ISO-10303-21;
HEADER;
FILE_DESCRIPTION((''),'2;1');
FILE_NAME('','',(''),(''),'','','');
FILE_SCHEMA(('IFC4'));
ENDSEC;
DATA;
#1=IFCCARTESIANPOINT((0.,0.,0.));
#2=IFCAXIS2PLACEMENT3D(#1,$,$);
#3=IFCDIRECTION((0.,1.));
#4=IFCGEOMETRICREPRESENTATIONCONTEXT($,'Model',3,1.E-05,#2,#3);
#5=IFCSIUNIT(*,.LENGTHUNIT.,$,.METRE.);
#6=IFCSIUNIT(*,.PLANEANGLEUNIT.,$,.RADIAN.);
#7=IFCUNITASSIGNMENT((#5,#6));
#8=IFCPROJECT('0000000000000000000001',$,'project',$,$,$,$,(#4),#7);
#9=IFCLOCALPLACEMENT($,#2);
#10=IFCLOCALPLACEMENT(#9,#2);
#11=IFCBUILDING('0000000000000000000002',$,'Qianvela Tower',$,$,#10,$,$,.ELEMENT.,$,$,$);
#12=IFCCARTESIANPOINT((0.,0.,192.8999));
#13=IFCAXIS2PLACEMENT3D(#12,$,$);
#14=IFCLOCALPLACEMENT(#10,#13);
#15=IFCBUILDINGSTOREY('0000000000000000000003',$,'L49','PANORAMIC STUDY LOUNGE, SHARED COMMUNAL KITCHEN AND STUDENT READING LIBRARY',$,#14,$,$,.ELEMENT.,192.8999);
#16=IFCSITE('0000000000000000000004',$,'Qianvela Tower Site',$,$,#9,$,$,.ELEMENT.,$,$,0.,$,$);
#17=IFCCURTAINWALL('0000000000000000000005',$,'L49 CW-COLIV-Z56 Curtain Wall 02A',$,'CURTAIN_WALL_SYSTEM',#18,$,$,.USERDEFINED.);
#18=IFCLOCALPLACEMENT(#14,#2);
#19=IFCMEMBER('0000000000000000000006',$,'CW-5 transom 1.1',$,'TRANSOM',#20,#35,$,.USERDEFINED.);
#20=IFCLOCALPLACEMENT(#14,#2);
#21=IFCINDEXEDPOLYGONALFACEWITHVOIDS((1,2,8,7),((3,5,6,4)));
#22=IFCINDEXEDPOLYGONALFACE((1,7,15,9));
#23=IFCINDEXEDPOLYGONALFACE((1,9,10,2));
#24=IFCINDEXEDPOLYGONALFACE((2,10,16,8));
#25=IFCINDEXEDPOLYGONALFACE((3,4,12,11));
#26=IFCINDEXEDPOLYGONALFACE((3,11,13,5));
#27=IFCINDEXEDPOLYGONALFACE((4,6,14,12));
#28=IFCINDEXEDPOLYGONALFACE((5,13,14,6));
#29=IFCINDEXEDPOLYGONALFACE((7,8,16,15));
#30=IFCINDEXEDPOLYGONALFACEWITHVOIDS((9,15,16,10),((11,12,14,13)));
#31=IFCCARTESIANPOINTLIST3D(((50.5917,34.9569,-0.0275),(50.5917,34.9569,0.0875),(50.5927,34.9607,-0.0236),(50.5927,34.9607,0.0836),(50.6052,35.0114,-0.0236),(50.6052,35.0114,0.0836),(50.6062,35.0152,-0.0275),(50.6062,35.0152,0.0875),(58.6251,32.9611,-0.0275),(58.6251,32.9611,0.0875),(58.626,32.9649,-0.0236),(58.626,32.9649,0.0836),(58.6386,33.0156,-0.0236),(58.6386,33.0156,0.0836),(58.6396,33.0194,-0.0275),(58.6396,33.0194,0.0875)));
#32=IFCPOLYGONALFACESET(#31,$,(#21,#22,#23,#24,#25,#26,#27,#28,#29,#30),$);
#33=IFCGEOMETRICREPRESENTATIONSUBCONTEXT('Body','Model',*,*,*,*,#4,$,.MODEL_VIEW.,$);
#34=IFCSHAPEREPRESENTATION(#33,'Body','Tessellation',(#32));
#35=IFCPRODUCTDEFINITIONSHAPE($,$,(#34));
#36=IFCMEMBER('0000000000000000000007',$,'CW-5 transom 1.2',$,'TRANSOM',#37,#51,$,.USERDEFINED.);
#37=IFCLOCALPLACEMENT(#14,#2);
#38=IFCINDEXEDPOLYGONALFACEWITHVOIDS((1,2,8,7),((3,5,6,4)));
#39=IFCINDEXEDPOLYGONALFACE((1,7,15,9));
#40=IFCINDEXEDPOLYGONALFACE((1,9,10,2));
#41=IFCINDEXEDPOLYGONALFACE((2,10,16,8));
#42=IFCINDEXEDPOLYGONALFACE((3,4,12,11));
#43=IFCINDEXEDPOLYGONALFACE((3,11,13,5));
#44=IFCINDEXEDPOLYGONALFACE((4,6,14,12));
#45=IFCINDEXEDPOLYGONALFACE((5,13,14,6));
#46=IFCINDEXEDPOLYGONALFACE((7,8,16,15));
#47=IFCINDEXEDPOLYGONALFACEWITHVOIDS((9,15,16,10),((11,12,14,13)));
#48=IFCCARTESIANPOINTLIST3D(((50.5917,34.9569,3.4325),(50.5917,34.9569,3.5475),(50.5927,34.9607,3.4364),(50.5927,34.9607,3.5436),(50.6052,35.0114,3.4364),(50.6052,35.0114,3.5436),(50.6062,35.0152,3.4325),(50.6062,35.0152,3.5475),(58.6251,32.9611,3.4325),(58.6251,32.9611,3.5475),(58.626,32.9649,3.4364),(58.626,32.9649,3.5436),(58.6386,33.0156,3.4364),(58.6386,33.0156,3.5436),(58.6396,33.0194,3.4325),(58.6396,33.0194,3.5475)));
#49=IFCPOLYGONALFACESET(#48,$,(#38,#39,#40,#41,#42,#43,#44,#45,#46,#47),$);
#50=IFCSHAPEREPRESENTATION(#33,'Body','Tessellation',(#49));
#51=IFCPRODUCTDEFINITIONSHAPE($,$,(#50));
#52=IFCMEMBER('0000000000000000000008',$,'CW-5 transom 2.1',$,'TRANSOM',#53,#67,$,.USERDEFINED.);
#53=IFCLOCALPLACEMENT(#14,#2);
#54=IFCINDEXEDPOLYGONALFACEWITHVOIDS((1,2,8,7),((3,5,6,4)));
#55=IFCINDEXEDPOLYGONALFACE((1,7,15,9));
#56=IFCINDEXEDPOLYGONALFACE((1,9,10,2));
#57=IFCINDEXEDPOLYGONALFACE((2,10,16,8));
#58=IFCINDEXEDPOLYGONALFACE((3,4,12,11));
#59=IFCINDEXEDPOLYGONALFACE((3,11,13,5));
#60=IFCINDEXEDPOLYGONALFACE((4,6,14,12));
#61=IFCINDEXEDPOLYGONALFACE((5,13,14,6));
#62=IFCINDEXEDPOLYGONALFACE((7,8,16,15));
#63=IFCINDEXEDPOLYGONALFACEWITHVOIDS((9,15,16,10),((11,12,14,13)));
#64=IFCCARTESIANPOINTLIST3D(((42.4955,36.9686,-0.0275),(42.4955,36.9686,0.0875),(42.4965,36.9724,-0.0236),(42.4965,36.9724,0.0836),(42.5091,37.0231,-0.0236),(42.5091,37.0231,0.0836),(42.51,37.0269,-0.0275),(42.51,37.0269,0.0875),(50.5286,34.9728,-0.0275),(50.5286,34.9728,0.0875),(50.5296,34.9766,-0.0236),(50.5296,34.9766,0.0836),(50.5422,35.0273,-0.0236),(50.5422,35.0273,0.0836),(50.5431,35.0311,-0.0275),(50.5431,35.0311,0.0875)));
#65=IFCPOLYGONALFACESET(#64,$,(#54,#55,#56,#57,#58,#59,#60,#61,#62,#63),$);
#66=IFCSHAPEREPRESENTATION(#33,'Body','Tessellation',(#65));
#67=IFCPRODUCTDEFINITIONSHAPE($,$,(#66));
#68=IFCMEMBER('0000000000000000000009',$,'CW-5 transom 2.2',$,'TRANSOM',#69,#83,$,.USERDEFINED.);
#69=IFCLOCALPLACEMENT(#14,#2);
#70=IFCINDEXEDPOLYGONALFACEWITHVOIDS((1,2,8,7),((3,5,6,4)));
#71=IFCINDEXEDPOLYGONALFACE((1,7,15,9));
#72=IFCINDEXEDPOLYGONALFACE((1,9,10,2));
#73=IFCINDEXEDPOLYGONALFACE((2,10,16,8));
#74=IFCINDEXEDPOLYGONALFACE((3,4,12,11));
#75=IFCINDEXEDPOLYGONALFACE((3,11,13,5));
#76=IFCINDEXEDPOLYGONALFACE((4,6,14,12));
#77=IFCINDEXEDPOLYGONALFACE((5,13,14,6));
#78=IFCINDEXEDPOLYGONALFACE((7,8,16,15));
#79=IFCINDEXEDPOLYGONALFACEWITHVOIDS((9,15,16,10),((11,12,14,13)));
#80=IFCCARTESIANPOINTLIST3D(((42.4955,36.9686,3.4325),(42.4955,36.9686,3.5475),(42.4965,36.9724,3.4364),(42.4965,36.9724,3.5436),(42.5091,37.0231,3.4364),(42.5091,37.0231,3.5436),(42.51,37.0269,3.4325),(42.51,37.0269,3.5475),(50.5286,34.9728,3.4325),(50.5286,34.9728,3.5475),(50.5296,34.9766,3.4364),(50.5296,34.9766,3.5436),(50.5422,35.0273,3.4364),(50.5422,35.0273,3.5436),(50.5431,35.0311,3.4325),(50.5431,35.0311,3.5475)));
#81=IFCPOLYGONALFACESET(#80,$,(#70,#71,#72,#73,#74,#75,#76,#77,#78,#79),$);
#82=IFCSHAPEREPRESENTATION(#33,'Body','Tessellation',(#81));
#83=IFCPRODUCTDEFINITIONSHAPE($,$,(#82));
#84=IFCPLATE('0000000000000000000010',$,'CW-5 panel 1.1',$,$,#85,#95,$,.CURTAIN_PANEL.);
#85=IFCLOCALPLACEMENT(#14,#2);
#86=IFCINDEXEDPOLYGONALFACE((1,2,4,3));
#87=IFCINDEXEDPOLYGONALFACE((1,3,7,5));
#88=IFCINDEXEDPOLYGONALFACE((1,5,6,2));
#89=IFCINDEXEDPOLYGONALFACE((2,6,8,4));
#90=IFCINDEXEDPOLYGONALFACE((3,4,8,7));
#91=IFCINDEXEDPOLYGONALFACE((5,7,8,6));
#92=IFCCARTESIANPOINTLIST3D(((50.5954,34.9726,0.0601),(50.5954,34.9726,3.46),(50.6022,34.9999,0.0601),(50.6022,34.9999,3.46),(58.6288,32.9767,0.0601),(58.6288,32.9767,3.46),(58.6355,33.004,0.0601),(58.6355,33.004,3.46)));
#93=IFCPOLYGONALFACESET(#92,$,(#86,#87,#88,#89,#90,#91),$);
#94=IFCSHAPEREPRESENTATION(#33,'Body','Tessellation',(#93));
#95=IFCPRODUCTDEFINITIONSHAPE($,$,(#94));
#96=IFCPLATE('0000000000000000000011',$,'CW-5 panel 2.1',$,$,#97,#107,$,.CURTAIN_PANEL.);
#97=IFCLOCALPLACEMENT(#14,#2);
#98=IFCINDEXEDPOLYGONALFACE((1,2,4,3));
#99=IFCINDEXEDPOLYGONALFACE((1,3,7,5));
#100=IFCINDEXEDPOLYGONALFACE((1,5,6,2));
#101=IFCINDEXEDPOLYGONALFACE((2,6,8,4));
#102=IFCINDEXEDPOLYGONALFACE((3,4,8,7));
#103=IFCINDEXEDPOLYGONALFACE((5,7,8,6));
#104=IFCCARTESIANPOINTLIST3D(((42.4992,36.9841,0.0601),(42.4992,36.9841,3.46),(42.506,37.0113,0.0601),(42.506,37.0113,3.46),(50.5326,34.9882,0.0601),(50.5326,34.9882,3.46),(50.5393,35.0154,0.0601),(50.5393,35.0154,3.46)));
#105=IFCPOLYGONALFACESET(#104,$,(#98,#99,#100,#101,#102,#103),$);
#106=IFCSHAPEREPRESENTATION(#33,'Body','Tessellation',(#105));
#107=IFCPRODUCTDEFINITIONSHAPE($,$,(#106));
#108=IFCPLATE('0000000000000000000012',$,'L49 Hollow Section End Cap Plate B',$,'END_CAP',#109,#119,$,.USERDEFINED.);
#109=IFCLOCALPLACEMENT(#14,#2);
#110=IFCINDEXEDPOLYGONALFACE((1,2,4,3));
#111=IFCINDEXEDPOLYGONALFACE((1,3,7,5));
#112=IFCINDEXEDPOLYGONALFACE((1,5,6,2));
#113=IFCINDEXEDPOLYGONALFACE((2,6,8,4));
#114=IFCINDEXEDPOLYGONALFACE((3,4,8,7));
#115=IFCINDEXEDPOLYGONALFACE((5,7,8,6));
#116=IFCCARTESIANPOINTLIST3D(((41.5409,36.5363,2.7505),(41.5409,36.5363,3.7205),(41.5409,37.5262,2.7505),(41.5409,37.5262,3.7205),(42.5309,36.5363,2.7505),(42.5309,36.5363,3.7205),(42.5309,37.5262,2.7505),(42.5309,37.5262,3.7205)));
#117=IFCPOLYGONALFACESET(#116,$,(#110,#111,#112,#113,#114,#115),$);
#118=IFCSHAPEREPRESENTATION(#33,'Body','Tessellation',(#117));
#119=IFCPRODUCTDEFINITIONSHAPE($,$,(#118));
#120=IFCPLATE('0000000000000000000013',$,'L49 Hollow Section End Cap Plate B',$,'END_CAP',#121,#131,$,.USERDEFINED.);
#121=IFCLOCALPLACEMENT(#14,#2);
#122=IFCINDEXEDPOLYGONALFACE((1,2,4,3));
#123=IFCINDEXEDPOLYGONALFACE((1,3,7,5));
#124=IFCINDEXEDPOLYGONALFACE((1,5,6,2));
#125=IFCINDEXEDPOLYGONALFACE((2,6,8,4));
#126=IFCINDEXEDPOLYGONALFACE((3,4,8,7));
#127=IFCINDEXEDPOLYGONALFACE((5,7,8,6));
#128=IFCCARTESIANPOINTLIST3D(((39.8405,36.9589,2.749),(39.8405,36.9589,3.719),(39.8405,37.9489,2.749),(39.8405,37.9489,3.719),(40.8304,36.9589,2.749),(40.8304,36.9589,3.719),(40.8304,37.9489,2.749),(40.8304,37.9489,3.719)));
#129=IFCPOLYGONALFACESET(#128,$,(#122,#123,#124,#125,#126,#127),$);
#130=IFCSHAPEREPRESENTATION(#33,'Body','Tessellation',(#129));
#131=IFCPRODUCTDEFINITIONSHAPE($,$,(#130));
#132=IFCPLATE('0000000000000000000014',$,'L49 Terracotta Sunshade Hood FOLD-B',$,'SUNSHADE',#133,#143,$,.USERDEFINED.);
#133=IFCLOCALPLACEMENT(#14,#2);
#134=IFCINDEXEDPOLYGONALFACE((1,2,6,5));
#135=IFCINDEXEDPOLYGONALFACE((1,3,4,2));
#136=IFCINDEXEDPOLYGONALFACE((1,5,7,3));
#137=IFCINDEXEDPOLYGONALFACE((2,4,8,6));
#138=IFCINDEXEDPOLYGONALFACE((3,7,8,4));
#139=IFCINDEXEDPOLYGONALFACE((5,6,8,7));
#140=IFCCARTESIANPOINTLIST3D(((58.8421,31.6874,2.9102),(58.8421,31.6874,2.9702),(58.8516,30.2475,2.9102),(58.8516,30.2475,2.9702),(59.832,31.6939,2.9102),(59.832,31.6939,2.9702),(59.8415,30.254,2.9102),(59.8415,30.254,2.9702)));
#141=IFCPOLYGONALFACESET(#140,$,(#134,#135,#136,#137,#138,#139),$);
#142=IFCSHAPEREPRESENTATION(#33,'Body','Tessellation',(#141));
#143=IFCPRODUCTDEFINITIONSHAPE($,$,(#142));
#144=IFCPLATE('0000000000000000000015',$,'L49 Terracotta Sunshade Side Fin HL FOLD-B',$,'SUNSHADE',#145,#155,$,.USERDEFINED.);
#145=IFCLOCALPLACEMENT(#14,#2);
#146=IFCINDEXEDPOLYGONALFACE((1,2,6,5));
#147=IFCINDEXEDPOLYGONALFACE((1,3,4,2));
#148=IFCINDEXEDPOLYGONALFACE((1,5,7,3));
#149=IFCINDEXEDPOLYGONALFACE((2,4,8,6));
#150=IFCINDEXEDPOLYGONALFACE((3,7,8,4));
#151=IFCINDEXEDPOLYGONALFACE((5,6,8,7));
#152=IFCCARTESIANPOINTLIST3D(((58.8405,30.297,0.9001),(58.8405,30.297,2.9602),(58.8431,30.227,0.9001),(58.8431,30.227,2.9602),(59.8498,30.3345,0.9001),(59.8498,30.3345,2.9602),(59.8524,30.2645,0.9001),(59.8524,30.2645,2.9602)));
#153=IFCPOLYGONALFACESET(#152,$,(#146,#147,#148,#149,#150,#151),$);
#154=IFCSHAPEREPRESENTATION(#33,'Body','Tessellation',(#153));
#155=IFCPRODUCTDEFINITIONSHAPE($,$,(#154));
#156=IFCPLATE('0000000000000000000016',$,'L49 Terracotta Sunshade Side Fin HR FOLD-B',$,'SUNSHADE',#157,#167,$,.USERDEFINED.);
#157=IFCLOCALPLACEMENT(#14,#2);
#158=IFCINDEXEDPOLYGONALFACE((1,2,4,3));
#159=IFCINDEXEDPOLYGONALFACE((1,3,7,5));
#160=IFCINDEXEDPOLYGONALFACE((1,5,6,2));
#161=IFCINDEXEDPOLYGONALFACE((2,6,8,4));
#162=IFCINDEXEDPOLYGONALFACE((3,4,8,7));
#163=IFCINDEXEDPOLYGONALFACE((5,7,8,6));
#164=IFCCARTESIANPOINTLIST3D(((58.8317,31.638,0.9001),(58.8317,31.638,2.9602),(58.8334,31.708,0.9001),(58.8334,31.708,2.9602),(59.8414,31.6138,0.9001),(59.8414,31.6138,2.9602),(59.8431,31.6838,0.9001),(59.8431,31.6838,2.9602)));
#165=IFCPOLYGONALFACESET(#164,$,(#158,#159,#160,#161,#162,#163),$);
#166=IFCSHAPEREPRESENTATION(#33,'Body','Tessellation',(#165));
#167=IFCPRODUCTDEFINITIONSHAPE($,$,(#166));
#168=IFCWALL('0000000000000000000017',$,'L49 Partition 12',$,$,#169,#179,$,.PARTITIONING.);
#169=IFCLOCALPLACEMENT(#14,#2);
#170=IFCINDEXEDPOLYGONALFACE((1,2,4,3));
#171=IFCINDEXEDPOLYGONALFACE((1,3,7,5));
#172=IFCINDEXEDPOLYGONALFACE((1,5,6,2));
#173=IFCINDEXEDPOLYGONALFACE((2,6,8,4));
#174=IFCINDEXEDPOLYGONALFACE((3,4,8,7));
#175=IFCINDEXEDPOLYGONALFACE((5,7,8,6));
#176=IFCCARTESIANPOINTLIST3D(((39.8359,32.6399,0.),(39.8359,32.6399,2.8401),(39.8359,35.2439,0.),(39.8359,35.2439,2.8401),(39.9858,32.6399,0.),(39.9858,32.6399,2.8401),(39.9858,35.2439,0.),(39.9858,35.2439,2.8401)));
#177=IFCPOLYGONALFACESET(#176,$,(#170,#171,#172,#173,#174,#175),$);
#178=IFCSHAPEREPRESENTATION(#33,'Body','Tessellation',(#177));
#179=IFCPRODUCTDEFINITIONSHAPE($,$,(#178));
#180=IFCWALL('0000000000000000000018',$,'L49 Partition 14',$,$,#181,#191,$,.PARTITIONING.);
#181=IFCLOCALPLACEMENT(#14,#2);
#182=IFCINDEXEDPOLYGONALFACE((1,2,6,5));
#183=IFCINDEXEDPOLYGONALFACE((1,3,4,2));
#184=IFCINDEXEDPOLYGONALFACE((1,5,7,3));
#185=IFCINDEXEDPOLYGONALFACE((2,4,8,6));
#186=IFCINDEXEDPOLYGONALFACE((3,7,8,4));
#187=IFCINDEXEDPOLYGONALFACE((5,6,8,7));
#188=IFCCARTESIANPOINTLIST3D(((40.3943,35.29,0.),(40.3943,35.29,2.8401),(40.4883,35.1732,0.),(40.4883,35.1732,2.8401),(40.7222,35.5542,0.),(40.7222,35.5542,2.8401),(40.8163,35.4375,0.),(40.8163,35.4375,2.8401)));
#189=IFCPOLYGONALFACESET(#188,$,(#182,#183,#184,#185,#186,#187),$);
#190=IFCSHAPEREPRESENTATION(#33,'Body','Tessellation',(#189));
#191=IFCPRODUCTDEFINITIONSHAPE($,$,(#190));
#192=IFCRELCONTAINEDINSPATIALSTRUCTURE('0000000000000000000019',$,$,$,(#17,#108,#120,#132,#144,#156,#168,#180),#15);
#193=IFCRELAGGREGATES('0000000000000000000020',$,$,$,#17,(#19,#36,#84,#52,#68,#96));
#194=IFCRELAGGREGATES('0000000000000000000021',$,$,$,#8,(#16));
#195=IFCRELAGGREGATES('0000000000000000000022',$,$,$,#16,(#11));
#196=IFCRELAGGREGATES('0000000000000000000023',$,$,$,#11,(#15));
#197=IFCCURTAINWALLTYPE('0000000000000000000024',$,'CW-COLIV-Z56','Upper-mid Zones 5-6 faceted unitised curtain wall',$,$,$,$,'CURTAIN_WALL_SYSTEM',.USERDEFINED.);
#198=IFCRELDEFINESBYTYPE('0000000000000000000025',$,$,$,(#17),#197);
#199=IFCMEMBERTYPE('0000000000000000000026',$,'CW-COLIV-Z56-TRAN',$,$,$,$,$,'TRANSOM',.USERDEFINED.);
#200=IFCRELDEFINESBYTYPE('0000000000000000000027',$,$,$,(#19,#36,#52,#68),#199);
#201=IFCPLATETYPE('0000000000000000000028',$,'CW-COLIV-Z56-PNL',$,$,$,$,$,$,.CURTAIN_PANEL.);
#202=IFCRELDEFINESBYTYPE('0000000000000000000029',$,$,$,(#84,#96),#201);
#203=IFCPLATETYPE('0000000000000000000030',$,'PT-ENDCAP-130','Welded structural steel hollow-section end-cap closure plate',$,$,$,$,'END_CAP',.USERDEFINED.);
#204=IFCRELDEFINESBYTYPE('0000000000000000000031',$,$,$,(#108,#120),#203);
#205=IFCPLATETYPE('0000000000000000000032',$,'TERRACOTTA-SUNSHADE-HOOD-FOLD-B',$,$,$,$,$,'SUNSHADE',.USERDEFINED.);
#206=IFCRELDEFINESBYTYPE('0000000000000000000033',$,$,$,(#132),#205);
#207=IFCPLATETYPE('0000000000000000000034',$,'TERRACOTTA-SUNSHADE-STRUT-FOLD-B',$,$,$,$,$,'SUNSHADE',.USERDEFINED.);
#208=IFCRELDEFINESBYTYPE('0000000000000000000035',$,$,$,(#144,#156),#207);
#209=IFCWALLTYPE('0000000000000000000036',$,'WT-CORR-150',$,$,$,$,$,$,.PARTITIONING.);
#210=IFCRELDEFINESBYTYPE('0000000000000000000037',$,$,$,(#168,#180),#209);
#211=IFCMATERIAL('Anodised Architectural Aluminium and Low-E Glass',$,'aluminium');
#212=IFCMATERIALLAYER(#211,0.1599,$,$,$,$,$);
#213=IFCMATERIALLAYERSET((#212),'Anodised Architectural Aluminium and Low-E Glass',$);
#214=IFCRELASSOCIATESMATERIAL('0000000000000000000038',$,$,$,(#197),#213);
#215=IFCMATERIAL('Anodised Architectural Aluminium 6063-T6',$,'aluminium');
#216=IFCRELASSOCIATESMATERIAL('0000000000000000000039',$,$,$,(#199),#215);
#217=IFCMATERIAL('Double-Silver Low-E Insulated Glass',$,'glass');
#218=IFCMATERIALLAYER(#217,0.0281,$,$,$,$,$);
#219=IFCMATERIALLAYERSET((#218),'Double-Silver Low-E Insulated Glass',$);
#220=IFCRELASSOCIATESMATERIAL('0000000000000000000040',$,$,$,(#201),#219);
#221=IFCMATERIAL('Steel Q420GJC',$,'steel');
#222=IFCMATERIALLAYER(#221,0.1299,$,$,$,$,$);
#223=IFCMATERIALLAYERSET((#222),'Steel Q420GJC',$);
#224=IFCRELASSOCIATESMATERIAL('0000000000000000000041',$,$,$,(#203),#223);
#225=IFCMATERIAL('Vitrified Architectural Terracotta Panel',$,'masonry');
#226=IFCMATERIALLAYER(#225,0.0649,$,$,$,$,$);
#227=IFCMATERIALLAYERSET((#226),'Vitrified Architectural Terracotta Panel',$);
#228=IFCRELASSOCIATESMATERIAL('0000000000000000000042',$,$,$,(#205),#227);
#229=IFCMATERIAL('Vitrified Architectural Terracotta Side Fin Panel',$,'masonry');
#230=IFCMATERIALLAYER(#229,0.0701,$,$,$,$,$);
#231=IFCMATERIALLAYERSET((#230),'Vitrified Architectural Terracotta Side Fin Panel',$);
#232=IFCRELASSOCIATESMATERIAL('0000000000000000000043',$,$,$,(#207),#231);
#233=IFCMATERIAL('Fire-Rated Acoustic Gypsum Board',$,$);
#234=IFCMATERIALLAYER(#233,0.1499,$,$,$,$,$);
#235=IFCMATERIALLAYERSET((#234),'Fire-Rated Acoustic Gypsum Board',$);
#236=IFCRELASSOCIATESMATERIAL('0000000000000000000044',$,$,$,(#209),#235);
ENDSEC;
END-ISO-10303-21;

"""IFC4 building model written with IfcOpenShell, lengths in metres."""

from ifc_helpers import new_model, si_unit, direction, frame, frame_2d, origin, origin_2d, place, context, subcontext, project, spatial, rectangle, hollow_rectangle, extrude, material, layer, layer_set, material_profile, profile_set, type_object, element, aggregate, save


model = new_model("IFC4")

# Units and contexts
model_context = context("Model", 3, precision=1e-05, world=origin(), true_north=direction((0.0, 1.0)))
body_context = subcontext(model_context, "Body", "Model", "MODEL_VIEW")
ifc_project = project(units=[si_unit("LENGTHUNIT", "METRE"), si_unit("PLANEANGLEUNIT", "RADIAN")], contexts=[model_context])

# Site, building, storey
site_placement = place(None, origin())
site = spatial("IfcSite", under=ifc_project, at=site_placement, Name="Qianvela Tower Site", CompositionType="ELEMENT", RefElevation=0.0)
building_placement = place(site_placement, origin())
building = spatial("IfcBuilding", under=site, at=building_placement, Name="Qianvela Tower", CompositionType="ELEMENT")
storey_placement = place(building_placement, frame((0.0, 0.0, 192.8999)))
storey = spatial("IfcBuildingStorey", under=building, at=storey_placement, Name="L49", Description="PANORAMIC STUDY LOUNGE, SHARED COMMUNAL KITCHEN AND STUDENT READING LIBRARY", CompositionType="ELEMENT", Elevation=192.8999)

# Curtain wall, members, plates
ifc_material_1 = material(Name="Anodised Architectural Aluminium and Low-E Glass", Category="aluminium")
ifc_layer_1 = layer(ifc_material_1, 0.1599)
ifc_layer_set_1 = layer_set([ifc_layer_1], Name="Anodised Architectural Aluminium and Low-E Glass")
curtain_wall_type_1 = type_object("IfcCurtainWallType", Name="CW-COLIV-Z56", Description="Upper-mid Zones 5-6 faceted unitised curtain wall", ElementType="CURTAIN_WALL_SYSTEM", PredefinedType="USERDEFINED", material=ifc_layer_set_1)
curtain_wall_1_placement = place(storey_placement, origin())
curtain_wall_1 = element("IfcCurtainWall", 1, at=curtain_wall_1_placement, inside=storey, type_object=curtain_wall_type_1, Name="L49 CW-COLIV-Z56 Curtain Wall 02A", ObjectType="CURTAIN_WALL_SYSTEM", PredefinedType="USERDEFINED")
ifc_material_2 = material(Name="Anodised Architectural Aluminium 6063-T6", Category="aluminium")
ifc_material_profile_1 = material_profile(ifc_material_2, hollow_rectangle(XDim=0.0601, YDim=0.115, WallThickness=0.0039, at=origin_2d()), Name="ALU-TRAN-60x115")
ifc_profile_set_1 = profile_set([ifc_material_profile_1], Name="Anodised Architectural Aluminium 6063-T6")
member_type_1 = type_object("IfcMemberType", Name="CW-COLIV-Z56-TRAN", ElementType="TRANSOM", PredefinedType="USERDEFINED", material=ifc_profile_set_1)
member_1_placement = place(storey_placement, frame((58.6323, 32.9902, 0.03), z_axis=(-0.970497, 0.241113, 0.0), x_axis=(-0.241113, -0.970497, 0.0)))
member_1 = element("IfcMember", 2, at=member_1_placement, type_object=member_type_1, Name="CW-5 transom 1.1", ObjectType="TRANSOM", PredefinedType="USERDEFINED", context=body_context, shape_type="SweptSolid", body=[
    extrude(hollow_rectangle(XDim=0.0601, YDim=0.115, WallThickness=0.0039, at=origin_2d()), origin(), (0.0, 0.0, 1.0), 8.2776),
])
member_2_placement = place(storey_placement, frame((58.6323, 32.9902, 3.49), z_axis=(-0.970497, 0.241113, 0.0), x_axis=(-0.241113, -0.970497, 0.0)))
member_2 = element("IfcMember", 3, at=member_2_placement, type_object=member_type_1, Name="CW-5 transom 1.2", ObjectType="TRANSOM", PredefinedType="USERDEFINED", context=body_context, shape_type="SweptSolid", body=[
    extrude(hollow_rectangle(XDim=0.0601, YDim=0.115, WallThickness=0.0039, at=origin_2d()), origin(), (0.0, 0.0, 1.0), 8.2776),
])
member_3_placement = place(storey_placement, frame((50.5359, 35.002, 0.03), z_axis=(-0.970495, 0.24112, 0.0), x_axis=(-0.24112, -0.970495, 0.0)))
member_3 = element("IfcMember", 4, at=member_3_placement, type_object=member_type_1, Name="CW-5 transom 2.1", ObjectType="TRANSOM", PredefinedType="USERDEFINED", context=body_context, shape_type="SweptSolid", body=[
    extrude(hollow_rectangle(XDim=0.0601, YDim=0.115, WallThickness=0.0039, at=origin_2d()), origin(), (0.0, 0.0, 1.0), 8.2773),
])
member_4_placement = place(storey_placement, frame((50.5359, 35.002, 3.49), z_axis=(-0.970495, 0.24112, 0.0), x_axis=(-0.24112, -0.970495, 0.0)))
member_4 = element("IfcMember", 5, at=member_4_placement, type_object=member_type_1, Name="CW-5 transom 2.2", ObjectType="TRANSOM", PredefinedType="USERDEFINED", context=body_context, shape_type="SweptSolid", body=[
    extrude(hollow_rectangle(XDim=0.0601, YDim=0.115, WallThickness=0.0039, at=origin_2d()), origin(), (0.0, 0.0, 1.0), 8.2773),
])
ifc_material_3 = material(Name="Double-Silver Low-E Insulated Glass", Category="glass")
ifc_layer_2 = layer(ifc_material_3, 0.0281)
ifc_layer_set_2 = layer_set([ifc_layer_2], Name="Double-Silver Low-E Insulated Glass")
plate_type_1 = type_object("IfcPlateType", Name="CW-COLIV-Z56-PNL", PredefinedType="CURTAIN_PANEL", material=ifc_layer_set_2)
plate_1_placement = place(storey_placement, frame((54.6155, 33.9883, 0.0601), z_axis=(0.0, 0.0, 1.0), x_axis=(-0.970495, 0.241122, 0.0)))
plate_1 = element("IfcPlate", 6, at=plate_1_placement, type_object=plate_type_1, Name="CW-5 panel 1.1", PredefinedType="CURTAIN_PANEL", context=body_context, shape_type="SweptSolid", body=[
    extrude(rectangle(XDim=8.2776, YDim=0.0281, at=origin_2d()), origin(), (0.0, 0.0, 1.0), 3.3999),
])
plate_2_placement = place(storey_placement, frame((46.5193, 35.9998, 0.0601), z_axis=(0.0, 0.0, 1.0), x_axis=(-0.970495, 0.241122, 0.0)))
plate_2 = element("IfcPlate", 7, at=plate_2_placement, type_object=plate_type_1, Name="CW-5 panel 2.1", PredefinedType="CURTAIN_PANEL", context=body_context, shape_type="SweptSolid", body=[
    extrude(rectangle(XDim=8.2776, YDim=0.0281, at=origin_2d()), origin(), (0.0, 0.0, 1.0), 3.3999),
])
aggregate(curtain_wall_1, [member_1, member_2, plate_1, member_3, member_4, plate_2])

# Plates
ifc_material_4 = material(Name="Steel Q420GJC", Category="steel")
ifc_layer_3 = layer(ifc_material_4, 0.1299)
ifc_layer_set_3 = layer_set([ifc_layer_3], Name="Steel Q420GJC")
plate_type_2 = type_object("IfcPlateType", Name="PT-ENDCAP-130", Description="Welded structural steel hollow-section end-cap closure plate", ElementType="END_CAP", PredefinedType="USERDEFINED", material=ifc_layer_set_3)
for number, where, z_axis, x_axis, name in (
    (8, (42.0359, 37.0312, 2.7505), (0.0, 0.0, 1.0), (1.0, 0.0, 0.0), "L49 Hollow Section End Cap Plate B"),
    (9, (40.3354, 37.4539, 2.749), (0.0, 0.0, 1.0), (1.0, 0.0, 0.0), "L49 Hollow Section End Cap Plate B"),
):
    element("IfcPlate", number, at=place(storey_placement, frame(where, z_axis=z_axis, x_axis=x_axis)), inside=storey, type_object=plate_type_2, Name=name, ObjectType="END_CAP", PredefinedType="USERDEFINED", context=body_context, shape_type="SweptSolid", body=[
        extrude(rectangle(XDim=0.99, YDim=0.99, at=origin_2d()), origin(), (0.0, 0.0, 1.0), 0.97),
    ])
ifc_material_5 = material(Name="Vitrified Architectural Terracotta Panel", Category="masonry")
ifc_layer_4 = layer(ifc_material_5, 0.0649)
ifc_layer_set_4 = layer_set([ifc_layer_4], Name="Vitrified Architectural Terracotta Panel")
plate_type_3 = type_object("IfcPlateType", Name="TERRACOTTA-SUNSHADE-HOOD-FOLD-B", ElementType="SUNSHADE", PredefinedType="USERDEFINED", material=ifc_layer_set_4)
plate_3_placement = place(storey_placement, frame((59.3418, 30.9707, 2.9102), z_axis=(0.0, 0.0, 1.0), x_axis=(-0.006585, 0.999978, 0.0)))
element("IfcPlate", 10, at=plate_3_placement, inside=storey, type_object=plate_type_3, Name="L49 Terracotta Sunshade Hood FOLD-B", ObjectType="SUNSHADE", PredefinedType="USERDEFINED", context=body_context, shape_type="SweptSolid", body=[
    extrude(rectangle(XDim=1.4399, YDim=0.99, at=origin_2d()), origin(), (0.0, 0.0, 1.0), 0.0601),
])
ifc_material_6 = material(Name="Vitrified Architectural Terracotta Side Fin Panel", Category="masonry")
ifc_layer_5 = layer(ifc_material_6, 0.0701)
ifc_layer_set_5 = layer_set([ifc_layer_5], Name="Vitrified Architectural Terracotta Side Fin Panel")
plate_type_4 = type_object("IfcPlateType", Name="TERRACOTTA-SUNSHADE-STRUT-FOLD-B", ElementType="SUNSHADE", PredefinedType="USERDEFINED", material=ifc_layer_set_5)
for number, where, z_axis, x_axis, name in (
    (11, (59.3464, 30.2808, 0.9001), (0.0, 0.0, 1.0), (-0.03712, 0.999311, 0.0), "L49 Terracotta Sunshade Side Fin HL FOLD-B"),
    (12, (59.3374, 31.6609, 0.9001), (0.0, 0.0, 1.0), (0.023956, 0.999713, 0.0), "L49 Terracotta Sunshade Side Fin HR FOLD-B"),
):
    element("IfcPlate", number, at=place(storey_placement, frame(where, z_axis=z_axis, x_axis=x_axis)), inside=storey, type_object=plate_type_4, Name=name, ObjectType="SUNSHADE", PredefinedType="USERDEFINED", context=body_context, shape_type="SweptSolid", body=[
        extrude(rectangle(XDim=0.0701, YDim=1.01, at=origin_2d()), origin(), (0.0, 0.0, 1.0), 2.0601),
    ])

# Walls
ifc_material_7 = material(Name="Fire-Rated Acoustic Gypsum Board")
ifc_layer_6 = layer(ifc_material_7, 0.1499)
ifc_layer_set_6 = layer_set([ifc_layer_6], Name="Fire-Rated Acoustic Gypsum Board")
wall_type_1 = type_object("IfcWallType", Name="WT-CORR-150", PredefinedType="PARTITIONING", material=ifc_layer_set_6)
wall_1_placement = place(storey_placement, frame((39.9109, 32.6399, 0.0), z_axis=(0.0, 0.0, 1.0), x_axis=(0.0, 1.0, 0.0)))
element("IfcWall", 13, at=wall_1_placement, inside=storey, type_object=wall_type_1, Name="L49 Partition 12", PredefinedType="PARTITIONING", context=body_context, shape_type="SweptSolid", body=[
    extrude(rectangle(XDim=2.604, YDim=0.1499, at=frame_2d((1.302, 0.0))), origin(), (0.0, 0.0, 1.0), 2.8401),
])
wall_2_placement = place(storey_placement, frame((40.4414, 35.2317, 0.0), z_axis=(0.0, 0.0, 1.0), x_axis=(0.778715, 0.627378, 0.0)))
element("IfcWall", 14, at=wall_2_placement, inside=storey, type_object=wall_type_1, Name="L49 Partition 14", PredefinedType="PARTITIONING", context=body_context, shape_type="SweptSolid", body=[
    extrude(rectangle(XDim=0.4211, YDim=0.1499, at=frame_2d((0.2104, 0.0))), origin(), (0.0, 0.0, 1.0), 2.8401),
])

save(model, "model.ifc")
